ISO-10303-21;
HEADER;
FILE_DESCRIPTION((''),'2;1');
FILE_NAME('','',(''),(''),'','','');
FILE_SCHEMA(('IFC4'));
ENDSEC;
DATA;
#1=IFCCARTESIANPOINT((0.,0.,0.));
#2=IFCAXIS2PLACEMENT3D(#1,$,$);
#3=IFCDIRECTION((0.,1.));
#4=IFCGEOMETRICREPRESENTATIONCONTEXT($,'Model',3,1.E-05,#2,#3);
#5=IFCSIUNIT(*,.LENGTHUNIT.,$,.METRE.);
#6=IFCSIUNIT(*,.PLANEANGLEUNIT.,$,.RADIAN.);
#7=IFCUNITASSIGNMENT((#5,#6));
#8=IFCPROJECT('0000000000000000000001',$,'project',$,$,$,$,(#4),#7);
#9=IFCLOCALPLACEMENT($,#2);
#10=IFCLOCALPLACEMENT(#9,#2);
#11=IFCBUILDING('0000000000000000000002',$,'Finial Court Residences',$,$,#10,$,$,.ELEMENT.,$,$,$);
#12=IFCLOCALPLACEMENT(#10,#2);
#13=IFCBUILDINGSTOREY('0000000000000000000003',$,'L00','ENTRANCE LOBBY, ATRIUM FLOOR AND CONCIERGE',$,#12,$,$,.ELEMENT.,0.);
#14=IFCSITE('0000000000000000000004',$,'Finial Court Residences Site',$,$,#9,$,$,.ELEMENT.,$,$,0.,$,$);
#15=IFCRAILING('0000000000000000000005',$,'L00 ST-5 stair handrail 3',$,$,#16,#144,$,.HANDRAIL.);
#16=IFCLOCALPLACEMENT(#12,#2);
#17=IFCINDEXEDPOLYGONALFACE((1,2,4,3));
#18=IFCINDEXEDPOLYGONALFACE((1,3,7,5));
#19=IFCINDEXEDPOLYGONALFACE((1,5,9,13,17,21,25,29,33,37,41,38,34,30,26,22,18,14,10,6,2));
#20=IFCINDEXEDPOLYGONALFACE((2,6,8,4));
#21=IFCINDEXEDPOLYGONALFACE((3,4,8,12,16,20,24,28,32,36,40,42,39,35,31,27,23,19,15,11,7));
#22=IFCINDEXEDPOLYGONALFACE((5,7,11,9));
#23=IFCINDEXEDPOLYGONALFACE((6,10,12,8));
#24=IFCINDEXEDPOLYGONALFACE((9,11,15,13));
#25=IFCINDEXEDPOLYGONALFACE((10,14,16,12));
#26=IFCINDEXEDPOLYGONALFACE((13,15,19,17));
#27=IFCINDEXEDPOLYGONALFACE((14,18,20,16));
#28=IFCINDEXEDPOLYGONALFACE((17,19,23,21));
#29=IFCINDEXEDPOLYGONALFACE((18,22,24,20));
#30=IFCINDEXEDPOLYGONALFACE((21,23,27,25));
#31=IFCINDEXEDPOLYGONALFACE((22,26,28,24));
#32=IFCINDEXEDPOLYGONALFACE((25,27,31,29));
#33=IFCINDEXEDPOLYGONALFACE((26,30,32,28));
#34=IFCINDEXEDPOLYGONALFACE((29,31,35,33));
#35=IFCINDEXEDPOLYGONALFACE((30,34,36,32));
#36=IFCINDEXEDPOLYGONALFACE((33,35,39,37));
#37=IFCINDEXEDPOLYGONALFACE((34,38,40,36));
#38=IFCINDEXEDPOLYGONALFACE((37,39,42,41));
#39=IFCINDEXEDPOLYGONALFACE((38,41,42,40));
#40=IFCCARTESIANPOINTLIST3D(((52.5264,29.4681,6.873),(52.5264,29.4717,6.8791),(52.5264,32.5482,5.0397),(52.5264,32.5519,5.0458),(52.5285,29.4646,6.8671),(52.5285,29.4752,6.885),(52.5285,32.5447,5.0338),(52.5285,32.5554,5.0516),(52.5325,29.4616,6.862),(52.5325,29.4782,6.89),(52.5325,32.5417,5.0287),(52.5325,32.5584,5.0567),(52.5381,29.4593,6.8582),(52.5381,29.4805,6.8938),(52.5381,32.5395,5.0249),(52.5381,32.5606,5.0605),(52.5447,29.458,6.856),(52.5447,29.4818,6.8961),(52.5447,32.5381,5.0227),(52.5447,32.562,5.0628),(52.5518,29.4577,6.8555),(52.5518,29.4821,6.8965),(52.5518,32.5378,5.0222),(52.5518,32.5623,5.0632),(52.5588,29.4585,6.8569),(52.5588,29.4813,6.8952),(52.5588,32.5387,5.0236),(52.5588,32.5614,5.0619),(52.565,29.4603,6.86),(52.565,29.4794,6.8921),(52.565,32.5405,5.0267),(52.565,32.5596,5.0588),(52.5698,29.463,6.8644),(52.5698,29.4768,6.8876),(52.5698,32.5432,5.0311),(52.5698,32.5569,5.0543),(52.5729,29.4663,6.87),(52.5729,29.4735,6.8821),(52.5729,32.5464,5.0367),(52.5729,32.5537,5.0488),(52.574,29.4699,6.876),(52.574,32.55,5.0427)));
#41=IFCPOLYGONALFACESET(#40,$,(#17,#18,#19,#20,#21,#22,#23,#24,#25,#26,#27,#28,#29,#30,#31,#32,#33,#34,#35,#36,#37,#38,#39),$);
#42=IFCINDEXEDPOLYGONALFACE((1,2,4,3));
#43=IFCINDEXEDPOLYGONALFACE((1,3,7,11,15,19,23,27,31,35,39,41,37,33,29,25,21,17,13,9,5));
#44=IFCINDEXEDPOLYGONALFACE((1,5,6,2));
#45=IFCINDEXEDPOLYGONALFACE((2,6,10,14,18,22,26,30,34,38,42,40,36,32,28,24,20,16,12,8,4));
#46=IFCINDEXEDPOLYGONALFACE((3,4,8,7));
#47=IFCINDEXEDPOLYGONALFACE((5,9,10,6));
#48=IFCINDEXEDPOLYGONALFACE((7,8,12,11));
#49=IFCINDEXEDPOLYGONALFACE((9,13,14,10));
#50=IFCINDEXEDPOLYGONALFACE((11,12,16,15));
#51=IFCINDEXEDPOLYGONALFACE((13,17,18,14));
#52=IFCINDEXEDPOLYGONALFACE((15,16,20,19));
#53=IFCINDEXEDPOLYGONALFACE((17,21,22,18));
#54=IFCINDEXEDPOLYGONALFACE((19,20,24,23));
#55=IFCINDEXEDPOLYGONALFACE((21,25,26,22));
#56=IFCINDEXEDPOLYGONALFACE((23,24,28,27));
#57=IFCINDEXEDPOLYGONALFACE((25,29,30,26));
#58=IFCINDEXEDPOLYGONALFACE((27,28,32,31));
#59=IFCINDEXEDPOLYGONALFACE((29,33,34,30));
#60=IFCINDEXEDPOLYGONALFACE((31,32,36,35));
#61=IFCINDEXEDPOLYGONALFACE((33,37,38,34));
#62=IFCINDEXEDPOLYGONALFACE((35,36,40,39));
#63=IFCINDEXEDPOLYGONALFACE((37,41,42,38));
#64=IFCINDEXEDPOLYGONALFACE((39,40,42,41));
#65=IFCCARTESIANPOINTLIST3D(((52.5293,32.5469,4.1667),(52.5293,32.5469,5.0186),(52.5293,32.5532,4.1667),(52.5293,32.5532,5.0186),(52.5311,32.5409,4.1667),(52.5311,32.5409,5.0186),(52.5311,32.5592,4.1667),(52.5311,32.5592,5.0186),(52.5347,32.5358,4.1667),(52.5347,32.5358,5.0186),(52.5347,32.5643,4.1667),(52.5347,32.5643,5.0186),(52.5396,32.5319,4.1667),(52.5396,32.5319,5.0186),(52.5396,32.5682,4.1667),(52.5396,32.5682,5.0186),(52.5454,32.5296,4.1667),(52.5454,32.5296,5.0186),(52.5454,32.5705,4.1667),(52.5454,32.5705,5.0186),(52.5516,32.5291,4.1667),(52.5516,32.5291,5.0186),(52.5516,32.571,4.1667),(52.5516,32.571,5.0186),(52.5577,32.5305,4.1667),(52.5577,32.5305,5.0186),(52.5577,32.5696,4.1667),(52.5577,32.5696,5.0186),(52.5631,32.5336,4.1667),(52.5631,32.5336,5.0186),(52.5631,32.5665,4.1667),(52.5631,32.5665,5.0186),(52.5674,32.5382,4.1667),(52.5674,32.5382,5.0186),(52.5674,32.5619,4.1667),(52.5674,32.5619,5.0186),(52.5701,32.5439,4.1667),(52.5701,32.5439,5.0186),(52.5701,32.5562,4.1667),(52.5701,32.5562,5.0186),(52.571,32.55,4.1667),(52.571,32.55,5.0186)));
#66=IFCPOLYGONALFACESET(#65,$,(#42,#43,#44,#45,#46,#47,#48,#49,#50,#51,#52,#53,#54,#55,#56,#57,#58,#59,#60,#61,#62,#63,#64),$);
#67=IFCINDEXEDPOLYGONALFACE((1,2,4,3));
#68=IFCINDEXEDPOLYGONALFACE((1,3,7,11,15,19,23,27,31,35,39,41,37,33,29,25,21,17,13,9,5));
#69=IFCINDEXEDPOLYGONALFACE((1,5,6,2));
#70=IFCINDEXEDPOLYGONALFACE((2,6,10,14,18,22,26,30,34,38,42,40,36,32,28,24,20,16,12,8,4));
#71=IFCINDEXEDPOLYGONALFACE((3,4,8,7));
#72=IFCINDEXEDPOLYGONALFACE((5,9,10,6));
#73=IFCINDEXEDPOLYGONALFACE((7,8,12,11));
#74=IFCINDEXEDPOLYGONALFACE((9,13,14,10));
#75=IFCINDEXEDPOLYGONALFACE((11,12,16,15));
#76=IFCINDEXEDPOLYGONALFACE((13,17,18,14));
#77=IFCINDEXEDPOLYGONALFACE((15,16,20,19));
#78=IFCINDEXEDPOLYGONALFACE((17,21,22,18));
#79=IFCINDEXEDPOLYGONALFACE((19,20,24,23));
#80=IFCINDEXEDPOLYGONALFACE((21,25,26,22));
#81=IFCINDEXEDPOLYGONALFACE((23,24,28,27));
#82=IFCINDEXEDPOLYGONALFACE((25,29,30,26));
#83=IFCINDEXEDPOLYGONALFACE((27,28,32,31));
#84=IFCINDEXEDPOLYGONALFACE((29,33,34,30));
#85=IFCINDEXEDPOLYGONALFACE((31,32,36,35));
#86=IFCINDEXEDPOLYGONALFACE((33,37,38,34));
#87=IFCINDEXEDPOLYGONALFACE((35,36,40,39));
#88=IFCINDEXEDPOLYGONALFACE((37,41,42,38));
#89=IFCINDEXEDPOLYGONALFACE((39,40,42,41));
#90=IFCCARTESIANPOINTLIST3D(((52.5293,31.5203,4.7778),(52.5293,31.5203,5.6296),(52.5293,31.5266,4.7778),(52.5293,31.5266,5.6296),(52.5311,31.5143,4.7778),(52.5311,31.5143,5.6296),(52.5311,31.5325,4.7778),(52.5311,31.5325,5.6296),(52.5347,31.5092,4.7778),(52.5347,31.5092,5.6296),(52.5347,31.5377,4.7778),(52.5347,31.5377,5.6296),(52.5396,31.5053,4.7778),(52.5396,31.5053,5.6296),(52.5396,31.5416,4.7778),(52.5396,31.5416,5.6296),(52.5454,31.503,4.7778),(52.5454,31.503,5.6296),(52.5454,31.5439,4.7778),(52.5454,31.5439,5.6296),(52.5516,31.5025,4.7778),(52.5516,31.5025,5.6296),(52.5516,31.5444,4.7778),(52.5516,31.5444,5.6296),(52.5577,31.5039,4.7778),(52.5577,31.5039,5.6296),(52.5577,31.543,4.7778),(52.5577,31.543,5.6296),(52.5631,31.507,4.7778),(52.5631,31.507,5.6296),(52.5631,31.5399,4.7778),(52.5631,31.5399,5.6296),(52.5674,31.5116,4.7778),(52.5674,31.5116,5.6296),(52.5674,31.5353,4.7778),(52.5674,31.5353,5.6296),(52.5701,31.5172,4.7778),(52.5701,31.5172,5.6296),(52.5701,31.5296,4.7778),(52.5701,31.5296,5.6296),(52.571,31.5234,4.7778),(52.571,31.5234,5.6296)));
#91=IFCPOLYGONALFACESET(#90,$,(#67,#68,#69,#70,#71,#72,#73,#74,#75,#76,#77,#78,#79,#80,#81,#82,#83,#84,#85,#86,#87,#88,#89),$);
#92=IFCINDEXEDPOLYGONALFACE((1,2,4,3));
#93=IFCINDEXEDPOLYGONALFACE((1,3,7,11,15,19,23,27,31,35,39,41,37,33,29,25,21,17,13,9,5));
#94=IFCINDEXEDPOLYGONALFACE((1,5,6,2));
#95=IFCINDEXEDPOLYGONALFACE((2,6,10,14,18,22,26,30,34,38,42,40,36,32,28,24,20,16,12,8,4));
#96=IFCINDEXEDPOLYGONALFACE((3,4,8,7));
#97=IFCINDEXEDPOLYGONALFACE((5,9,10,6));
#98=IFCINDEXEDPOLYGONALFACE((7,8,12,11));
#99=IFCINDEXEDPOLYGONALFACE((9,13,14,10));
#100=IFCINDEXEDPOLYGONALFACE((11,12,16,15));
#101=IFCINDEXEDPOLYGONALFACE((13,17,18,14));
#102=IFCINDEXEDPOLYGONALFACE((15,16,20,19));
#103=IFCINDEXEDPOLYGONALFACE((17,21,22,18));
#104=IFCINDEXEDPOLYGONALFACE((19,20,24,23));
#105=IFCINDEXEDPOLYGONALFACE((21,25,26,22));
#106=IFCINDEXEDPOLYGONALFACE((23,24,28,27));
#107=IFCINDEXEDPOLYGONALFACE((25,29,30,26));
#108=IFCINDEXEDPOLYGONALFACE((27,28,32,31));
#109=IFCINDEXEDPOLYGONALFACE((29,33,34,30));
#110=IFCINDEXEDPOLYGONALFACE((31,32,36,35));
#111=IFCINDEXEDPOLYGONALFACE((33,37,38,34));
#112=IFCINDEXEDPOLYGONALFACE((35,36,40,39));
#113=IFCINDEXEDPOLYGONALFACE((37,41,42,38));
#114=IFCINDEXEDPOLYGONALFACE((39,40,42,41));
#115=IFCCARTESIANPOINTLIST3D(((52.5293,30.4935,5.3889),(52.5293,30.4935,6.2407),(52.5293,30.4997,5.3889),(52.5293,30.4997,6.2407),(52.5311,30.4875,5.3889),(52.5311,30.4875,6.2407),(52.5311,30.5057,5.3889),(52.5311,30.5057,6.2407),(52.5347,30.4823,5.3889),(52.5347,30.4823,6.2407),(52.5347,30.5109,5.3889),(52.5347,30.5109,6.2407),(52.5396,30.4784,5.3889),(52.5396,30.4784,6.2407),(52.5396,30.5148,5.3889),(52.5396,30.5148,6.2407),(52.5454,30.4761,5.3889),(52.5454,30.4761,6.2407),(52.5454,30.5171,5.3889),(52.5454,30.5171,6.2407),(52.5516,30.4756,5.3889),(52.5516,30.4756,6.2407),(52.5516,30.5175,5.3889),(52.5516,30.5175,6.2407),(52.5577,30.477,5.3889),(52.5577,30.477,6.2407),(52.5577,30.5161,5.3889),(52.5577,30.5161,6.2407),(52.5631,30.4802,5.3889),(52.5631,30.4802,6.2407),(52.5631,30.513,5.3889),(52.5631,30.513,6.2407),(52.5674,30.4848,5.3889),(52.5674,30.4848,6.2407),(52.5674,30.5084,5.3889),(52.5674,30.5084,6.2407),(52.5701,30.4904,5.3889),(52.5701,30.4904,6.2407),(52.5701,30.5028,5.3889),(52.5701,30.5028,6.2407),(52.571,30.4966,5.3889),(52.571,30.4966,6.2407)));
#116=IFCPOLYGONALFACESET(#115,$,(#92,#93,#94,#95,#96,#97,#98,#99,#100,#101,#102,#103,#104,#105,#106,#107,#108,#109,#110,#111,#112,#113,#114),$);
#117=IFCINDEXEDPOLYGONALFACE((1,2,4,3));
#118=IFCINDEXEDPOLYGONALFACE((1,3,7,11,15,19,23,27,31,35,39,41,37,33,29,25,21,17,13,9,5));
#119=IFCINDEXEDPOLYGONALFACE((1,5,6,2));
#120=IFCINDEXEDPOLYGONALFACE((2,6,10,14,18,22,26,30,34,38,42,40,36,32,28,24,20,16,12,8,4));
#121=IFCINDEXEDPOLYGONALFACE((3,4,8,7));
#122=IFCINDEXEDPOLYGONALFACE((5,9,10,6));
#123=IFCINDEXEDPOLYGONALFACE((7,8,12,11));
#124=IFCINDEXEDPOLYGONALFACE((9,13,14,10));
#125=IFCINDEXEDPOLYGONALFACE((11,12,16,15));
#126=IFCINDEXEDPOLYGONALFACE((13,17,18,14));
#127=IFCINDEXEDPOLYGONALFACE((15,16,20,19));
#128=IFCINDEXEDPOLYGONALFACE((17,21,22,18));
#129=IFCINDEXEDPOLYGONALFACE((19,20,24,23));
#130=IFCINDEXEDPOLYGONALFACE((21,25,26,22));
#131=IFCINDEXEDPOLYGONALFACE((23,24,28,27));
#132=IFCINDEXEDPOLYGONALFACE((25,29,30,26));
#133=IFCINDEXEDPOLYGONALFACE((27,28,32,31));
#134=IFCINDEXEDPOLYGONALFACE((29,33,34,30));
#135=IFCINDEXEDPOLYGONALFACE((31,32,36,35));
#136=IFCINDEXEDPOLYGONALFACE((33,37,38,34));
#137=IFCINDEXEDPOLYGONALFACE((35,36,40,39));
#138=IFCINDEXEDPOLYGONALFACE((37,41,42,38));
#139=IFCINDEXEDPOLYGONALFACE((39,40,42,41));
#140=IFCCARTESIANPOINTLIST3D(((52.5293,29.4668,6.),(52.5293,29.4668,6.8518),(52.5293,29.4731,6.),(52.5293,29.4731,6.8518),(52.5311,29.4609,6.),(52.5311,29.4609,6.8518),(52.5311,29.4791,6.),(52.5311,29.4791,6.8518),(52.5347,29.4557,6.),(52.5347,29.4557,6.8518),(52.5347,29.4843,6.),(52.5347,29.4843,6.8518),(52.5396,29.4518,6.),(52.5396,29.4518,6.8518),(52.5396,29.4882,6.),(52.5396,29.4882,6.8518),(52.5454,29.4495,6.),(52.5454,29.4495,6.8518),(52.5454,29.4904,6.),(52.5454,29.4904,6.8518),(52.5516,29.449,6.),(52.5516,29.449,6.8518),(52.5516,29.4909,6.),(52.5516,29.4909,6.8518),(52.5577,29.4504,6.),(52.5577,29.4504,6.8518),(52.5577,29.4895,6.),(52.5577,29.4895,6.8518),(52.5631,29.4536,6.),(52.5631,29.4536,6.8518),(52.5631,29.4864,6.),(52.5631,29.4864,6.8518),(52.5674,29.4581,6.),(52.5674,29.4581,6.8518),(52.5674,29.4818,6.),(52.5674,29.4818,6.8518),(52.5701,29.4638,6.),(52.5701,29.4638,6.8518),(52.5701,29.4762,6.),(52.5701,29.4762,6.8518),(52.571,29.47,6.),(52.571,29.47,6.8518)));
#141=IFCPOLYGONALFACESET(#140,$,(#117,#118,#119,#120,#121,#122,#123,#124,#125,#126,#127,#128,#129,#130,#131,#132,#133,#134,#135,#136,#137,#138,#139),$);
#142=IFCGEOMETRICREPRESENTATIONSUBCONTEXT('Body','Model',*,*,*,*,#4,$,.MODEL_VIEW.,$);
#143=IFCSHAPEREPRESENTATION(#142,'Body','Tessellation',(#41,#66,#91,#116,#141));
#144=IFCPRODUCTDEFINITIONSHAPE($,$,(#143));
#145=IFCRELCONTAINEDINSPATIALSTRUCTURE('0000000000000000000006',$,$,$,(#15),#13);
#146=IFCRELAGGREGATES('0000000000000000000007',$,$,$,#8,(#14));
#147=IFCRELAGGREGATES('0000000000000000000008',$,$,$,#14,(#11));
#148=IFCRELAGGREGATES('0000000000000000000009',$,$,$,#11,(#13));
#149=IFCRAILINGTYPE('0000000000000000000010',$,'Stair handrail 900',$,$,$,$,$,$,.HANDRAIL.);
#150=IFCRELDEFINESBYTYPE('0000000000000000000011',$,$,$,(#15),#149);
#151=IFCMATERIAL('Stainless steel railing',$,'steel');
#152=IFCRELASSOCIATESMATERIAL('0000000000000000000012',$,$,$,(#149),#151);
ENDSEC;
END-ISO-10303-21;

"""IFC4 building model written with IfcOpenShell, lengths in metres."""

from ifc_helpers import new_model, si_unit, direction, frame, origin, origin_2d, place, context, subcontext, project, spatial, circle, extrude, material, type_object, element, save


model = new_model("IFC4")

# Units and contexts
model_context = context("Model", 3, precision=1e-05, world=origin(), true_north=direction((0.0, 1.0)))
body_context = subcontext(model_context, "Body", "Model", "MODEL_VIEW")
ifc_project = project(units=[si_unit("LENGTHUNIT", "METRE"), si_unit("PLANEANGLEUNIT", "RADIAN")], contexts=[model_context])

# Site, building, storey
site_placement = place(None, origin())
site = spatial("IfcSite", under=ifc_project, at=site_placement, Name="Finial Court Residences Site", CompositionType="ELEMENT", RefElevation=0.0)
building_placement = place(site_placement, origin())
building = spatial("IfcBuilding", under=site, at=building_placement, Name="Finial Court Residences", CompositionType="ELEMENT")
storey_placement = place(building_placement, origin())
storey = spatial("IfcBuildingStorey", under=building, at=storey_placement, Name="L00", Description="ENTRANCE LOBBY, ATRIUM FLOOR AND CONCIERGE", CompositionType="ELEMENT", Elevation=0.0)

# Railing
ifc_material_1 = material(Name="Stainless steel railing", Category="steel")
railing_type_1 = type_object("IfcRailingType", Name="Stair handrail 900", PredefinedType="HANDRAIL", material=ifc_material_1)
for number, where, name in (
    (1, (52.55, 32.55, 4.1667), "L00 ST-5 stair handrail 3"),
):
    element("IfcRailing", number, at=place(storey_placement, frame(where)), inside=storey, type_object=railing_type_1, Name=name, PredefinedType="HANDRAIL", context=body_context, shape_type="SweptSolid", body=[
        extrude(circle(Radius=0.0239, at=origin_2d()), frame((0.0, 0.0, 0.876), z_axis=(0.0, -0.859309, 0.511458), x_axis=(1.0, 0.0, 0.0)), (0.0, 0.0, 1.0), 3.5845),
        extrude(circle(Radius=0.021, at=origin_2d()), origin(), (0.0, 0.0, 1.0), 0.8518),
        extrude(circle(Radius=0.021, at=origin_2d()), frame((0.0, -1.0266, 0.6111)), (0.0, 0.0, 1.0), 0.8518),
        extrude(circle(Radius=0.021, at=origin_2d()), frame((0.0, -2.0535, 1.2222)), (0.0, 0.0, 1.0), 0.8518),
        extrude(circle(Radius=0.021, at=origin_2d()), frame((0.0, -3.0801, 1.8333)), (0.0, 0.0, 1.0), 0.8518),
    ])

save(model, "model.ifc")
